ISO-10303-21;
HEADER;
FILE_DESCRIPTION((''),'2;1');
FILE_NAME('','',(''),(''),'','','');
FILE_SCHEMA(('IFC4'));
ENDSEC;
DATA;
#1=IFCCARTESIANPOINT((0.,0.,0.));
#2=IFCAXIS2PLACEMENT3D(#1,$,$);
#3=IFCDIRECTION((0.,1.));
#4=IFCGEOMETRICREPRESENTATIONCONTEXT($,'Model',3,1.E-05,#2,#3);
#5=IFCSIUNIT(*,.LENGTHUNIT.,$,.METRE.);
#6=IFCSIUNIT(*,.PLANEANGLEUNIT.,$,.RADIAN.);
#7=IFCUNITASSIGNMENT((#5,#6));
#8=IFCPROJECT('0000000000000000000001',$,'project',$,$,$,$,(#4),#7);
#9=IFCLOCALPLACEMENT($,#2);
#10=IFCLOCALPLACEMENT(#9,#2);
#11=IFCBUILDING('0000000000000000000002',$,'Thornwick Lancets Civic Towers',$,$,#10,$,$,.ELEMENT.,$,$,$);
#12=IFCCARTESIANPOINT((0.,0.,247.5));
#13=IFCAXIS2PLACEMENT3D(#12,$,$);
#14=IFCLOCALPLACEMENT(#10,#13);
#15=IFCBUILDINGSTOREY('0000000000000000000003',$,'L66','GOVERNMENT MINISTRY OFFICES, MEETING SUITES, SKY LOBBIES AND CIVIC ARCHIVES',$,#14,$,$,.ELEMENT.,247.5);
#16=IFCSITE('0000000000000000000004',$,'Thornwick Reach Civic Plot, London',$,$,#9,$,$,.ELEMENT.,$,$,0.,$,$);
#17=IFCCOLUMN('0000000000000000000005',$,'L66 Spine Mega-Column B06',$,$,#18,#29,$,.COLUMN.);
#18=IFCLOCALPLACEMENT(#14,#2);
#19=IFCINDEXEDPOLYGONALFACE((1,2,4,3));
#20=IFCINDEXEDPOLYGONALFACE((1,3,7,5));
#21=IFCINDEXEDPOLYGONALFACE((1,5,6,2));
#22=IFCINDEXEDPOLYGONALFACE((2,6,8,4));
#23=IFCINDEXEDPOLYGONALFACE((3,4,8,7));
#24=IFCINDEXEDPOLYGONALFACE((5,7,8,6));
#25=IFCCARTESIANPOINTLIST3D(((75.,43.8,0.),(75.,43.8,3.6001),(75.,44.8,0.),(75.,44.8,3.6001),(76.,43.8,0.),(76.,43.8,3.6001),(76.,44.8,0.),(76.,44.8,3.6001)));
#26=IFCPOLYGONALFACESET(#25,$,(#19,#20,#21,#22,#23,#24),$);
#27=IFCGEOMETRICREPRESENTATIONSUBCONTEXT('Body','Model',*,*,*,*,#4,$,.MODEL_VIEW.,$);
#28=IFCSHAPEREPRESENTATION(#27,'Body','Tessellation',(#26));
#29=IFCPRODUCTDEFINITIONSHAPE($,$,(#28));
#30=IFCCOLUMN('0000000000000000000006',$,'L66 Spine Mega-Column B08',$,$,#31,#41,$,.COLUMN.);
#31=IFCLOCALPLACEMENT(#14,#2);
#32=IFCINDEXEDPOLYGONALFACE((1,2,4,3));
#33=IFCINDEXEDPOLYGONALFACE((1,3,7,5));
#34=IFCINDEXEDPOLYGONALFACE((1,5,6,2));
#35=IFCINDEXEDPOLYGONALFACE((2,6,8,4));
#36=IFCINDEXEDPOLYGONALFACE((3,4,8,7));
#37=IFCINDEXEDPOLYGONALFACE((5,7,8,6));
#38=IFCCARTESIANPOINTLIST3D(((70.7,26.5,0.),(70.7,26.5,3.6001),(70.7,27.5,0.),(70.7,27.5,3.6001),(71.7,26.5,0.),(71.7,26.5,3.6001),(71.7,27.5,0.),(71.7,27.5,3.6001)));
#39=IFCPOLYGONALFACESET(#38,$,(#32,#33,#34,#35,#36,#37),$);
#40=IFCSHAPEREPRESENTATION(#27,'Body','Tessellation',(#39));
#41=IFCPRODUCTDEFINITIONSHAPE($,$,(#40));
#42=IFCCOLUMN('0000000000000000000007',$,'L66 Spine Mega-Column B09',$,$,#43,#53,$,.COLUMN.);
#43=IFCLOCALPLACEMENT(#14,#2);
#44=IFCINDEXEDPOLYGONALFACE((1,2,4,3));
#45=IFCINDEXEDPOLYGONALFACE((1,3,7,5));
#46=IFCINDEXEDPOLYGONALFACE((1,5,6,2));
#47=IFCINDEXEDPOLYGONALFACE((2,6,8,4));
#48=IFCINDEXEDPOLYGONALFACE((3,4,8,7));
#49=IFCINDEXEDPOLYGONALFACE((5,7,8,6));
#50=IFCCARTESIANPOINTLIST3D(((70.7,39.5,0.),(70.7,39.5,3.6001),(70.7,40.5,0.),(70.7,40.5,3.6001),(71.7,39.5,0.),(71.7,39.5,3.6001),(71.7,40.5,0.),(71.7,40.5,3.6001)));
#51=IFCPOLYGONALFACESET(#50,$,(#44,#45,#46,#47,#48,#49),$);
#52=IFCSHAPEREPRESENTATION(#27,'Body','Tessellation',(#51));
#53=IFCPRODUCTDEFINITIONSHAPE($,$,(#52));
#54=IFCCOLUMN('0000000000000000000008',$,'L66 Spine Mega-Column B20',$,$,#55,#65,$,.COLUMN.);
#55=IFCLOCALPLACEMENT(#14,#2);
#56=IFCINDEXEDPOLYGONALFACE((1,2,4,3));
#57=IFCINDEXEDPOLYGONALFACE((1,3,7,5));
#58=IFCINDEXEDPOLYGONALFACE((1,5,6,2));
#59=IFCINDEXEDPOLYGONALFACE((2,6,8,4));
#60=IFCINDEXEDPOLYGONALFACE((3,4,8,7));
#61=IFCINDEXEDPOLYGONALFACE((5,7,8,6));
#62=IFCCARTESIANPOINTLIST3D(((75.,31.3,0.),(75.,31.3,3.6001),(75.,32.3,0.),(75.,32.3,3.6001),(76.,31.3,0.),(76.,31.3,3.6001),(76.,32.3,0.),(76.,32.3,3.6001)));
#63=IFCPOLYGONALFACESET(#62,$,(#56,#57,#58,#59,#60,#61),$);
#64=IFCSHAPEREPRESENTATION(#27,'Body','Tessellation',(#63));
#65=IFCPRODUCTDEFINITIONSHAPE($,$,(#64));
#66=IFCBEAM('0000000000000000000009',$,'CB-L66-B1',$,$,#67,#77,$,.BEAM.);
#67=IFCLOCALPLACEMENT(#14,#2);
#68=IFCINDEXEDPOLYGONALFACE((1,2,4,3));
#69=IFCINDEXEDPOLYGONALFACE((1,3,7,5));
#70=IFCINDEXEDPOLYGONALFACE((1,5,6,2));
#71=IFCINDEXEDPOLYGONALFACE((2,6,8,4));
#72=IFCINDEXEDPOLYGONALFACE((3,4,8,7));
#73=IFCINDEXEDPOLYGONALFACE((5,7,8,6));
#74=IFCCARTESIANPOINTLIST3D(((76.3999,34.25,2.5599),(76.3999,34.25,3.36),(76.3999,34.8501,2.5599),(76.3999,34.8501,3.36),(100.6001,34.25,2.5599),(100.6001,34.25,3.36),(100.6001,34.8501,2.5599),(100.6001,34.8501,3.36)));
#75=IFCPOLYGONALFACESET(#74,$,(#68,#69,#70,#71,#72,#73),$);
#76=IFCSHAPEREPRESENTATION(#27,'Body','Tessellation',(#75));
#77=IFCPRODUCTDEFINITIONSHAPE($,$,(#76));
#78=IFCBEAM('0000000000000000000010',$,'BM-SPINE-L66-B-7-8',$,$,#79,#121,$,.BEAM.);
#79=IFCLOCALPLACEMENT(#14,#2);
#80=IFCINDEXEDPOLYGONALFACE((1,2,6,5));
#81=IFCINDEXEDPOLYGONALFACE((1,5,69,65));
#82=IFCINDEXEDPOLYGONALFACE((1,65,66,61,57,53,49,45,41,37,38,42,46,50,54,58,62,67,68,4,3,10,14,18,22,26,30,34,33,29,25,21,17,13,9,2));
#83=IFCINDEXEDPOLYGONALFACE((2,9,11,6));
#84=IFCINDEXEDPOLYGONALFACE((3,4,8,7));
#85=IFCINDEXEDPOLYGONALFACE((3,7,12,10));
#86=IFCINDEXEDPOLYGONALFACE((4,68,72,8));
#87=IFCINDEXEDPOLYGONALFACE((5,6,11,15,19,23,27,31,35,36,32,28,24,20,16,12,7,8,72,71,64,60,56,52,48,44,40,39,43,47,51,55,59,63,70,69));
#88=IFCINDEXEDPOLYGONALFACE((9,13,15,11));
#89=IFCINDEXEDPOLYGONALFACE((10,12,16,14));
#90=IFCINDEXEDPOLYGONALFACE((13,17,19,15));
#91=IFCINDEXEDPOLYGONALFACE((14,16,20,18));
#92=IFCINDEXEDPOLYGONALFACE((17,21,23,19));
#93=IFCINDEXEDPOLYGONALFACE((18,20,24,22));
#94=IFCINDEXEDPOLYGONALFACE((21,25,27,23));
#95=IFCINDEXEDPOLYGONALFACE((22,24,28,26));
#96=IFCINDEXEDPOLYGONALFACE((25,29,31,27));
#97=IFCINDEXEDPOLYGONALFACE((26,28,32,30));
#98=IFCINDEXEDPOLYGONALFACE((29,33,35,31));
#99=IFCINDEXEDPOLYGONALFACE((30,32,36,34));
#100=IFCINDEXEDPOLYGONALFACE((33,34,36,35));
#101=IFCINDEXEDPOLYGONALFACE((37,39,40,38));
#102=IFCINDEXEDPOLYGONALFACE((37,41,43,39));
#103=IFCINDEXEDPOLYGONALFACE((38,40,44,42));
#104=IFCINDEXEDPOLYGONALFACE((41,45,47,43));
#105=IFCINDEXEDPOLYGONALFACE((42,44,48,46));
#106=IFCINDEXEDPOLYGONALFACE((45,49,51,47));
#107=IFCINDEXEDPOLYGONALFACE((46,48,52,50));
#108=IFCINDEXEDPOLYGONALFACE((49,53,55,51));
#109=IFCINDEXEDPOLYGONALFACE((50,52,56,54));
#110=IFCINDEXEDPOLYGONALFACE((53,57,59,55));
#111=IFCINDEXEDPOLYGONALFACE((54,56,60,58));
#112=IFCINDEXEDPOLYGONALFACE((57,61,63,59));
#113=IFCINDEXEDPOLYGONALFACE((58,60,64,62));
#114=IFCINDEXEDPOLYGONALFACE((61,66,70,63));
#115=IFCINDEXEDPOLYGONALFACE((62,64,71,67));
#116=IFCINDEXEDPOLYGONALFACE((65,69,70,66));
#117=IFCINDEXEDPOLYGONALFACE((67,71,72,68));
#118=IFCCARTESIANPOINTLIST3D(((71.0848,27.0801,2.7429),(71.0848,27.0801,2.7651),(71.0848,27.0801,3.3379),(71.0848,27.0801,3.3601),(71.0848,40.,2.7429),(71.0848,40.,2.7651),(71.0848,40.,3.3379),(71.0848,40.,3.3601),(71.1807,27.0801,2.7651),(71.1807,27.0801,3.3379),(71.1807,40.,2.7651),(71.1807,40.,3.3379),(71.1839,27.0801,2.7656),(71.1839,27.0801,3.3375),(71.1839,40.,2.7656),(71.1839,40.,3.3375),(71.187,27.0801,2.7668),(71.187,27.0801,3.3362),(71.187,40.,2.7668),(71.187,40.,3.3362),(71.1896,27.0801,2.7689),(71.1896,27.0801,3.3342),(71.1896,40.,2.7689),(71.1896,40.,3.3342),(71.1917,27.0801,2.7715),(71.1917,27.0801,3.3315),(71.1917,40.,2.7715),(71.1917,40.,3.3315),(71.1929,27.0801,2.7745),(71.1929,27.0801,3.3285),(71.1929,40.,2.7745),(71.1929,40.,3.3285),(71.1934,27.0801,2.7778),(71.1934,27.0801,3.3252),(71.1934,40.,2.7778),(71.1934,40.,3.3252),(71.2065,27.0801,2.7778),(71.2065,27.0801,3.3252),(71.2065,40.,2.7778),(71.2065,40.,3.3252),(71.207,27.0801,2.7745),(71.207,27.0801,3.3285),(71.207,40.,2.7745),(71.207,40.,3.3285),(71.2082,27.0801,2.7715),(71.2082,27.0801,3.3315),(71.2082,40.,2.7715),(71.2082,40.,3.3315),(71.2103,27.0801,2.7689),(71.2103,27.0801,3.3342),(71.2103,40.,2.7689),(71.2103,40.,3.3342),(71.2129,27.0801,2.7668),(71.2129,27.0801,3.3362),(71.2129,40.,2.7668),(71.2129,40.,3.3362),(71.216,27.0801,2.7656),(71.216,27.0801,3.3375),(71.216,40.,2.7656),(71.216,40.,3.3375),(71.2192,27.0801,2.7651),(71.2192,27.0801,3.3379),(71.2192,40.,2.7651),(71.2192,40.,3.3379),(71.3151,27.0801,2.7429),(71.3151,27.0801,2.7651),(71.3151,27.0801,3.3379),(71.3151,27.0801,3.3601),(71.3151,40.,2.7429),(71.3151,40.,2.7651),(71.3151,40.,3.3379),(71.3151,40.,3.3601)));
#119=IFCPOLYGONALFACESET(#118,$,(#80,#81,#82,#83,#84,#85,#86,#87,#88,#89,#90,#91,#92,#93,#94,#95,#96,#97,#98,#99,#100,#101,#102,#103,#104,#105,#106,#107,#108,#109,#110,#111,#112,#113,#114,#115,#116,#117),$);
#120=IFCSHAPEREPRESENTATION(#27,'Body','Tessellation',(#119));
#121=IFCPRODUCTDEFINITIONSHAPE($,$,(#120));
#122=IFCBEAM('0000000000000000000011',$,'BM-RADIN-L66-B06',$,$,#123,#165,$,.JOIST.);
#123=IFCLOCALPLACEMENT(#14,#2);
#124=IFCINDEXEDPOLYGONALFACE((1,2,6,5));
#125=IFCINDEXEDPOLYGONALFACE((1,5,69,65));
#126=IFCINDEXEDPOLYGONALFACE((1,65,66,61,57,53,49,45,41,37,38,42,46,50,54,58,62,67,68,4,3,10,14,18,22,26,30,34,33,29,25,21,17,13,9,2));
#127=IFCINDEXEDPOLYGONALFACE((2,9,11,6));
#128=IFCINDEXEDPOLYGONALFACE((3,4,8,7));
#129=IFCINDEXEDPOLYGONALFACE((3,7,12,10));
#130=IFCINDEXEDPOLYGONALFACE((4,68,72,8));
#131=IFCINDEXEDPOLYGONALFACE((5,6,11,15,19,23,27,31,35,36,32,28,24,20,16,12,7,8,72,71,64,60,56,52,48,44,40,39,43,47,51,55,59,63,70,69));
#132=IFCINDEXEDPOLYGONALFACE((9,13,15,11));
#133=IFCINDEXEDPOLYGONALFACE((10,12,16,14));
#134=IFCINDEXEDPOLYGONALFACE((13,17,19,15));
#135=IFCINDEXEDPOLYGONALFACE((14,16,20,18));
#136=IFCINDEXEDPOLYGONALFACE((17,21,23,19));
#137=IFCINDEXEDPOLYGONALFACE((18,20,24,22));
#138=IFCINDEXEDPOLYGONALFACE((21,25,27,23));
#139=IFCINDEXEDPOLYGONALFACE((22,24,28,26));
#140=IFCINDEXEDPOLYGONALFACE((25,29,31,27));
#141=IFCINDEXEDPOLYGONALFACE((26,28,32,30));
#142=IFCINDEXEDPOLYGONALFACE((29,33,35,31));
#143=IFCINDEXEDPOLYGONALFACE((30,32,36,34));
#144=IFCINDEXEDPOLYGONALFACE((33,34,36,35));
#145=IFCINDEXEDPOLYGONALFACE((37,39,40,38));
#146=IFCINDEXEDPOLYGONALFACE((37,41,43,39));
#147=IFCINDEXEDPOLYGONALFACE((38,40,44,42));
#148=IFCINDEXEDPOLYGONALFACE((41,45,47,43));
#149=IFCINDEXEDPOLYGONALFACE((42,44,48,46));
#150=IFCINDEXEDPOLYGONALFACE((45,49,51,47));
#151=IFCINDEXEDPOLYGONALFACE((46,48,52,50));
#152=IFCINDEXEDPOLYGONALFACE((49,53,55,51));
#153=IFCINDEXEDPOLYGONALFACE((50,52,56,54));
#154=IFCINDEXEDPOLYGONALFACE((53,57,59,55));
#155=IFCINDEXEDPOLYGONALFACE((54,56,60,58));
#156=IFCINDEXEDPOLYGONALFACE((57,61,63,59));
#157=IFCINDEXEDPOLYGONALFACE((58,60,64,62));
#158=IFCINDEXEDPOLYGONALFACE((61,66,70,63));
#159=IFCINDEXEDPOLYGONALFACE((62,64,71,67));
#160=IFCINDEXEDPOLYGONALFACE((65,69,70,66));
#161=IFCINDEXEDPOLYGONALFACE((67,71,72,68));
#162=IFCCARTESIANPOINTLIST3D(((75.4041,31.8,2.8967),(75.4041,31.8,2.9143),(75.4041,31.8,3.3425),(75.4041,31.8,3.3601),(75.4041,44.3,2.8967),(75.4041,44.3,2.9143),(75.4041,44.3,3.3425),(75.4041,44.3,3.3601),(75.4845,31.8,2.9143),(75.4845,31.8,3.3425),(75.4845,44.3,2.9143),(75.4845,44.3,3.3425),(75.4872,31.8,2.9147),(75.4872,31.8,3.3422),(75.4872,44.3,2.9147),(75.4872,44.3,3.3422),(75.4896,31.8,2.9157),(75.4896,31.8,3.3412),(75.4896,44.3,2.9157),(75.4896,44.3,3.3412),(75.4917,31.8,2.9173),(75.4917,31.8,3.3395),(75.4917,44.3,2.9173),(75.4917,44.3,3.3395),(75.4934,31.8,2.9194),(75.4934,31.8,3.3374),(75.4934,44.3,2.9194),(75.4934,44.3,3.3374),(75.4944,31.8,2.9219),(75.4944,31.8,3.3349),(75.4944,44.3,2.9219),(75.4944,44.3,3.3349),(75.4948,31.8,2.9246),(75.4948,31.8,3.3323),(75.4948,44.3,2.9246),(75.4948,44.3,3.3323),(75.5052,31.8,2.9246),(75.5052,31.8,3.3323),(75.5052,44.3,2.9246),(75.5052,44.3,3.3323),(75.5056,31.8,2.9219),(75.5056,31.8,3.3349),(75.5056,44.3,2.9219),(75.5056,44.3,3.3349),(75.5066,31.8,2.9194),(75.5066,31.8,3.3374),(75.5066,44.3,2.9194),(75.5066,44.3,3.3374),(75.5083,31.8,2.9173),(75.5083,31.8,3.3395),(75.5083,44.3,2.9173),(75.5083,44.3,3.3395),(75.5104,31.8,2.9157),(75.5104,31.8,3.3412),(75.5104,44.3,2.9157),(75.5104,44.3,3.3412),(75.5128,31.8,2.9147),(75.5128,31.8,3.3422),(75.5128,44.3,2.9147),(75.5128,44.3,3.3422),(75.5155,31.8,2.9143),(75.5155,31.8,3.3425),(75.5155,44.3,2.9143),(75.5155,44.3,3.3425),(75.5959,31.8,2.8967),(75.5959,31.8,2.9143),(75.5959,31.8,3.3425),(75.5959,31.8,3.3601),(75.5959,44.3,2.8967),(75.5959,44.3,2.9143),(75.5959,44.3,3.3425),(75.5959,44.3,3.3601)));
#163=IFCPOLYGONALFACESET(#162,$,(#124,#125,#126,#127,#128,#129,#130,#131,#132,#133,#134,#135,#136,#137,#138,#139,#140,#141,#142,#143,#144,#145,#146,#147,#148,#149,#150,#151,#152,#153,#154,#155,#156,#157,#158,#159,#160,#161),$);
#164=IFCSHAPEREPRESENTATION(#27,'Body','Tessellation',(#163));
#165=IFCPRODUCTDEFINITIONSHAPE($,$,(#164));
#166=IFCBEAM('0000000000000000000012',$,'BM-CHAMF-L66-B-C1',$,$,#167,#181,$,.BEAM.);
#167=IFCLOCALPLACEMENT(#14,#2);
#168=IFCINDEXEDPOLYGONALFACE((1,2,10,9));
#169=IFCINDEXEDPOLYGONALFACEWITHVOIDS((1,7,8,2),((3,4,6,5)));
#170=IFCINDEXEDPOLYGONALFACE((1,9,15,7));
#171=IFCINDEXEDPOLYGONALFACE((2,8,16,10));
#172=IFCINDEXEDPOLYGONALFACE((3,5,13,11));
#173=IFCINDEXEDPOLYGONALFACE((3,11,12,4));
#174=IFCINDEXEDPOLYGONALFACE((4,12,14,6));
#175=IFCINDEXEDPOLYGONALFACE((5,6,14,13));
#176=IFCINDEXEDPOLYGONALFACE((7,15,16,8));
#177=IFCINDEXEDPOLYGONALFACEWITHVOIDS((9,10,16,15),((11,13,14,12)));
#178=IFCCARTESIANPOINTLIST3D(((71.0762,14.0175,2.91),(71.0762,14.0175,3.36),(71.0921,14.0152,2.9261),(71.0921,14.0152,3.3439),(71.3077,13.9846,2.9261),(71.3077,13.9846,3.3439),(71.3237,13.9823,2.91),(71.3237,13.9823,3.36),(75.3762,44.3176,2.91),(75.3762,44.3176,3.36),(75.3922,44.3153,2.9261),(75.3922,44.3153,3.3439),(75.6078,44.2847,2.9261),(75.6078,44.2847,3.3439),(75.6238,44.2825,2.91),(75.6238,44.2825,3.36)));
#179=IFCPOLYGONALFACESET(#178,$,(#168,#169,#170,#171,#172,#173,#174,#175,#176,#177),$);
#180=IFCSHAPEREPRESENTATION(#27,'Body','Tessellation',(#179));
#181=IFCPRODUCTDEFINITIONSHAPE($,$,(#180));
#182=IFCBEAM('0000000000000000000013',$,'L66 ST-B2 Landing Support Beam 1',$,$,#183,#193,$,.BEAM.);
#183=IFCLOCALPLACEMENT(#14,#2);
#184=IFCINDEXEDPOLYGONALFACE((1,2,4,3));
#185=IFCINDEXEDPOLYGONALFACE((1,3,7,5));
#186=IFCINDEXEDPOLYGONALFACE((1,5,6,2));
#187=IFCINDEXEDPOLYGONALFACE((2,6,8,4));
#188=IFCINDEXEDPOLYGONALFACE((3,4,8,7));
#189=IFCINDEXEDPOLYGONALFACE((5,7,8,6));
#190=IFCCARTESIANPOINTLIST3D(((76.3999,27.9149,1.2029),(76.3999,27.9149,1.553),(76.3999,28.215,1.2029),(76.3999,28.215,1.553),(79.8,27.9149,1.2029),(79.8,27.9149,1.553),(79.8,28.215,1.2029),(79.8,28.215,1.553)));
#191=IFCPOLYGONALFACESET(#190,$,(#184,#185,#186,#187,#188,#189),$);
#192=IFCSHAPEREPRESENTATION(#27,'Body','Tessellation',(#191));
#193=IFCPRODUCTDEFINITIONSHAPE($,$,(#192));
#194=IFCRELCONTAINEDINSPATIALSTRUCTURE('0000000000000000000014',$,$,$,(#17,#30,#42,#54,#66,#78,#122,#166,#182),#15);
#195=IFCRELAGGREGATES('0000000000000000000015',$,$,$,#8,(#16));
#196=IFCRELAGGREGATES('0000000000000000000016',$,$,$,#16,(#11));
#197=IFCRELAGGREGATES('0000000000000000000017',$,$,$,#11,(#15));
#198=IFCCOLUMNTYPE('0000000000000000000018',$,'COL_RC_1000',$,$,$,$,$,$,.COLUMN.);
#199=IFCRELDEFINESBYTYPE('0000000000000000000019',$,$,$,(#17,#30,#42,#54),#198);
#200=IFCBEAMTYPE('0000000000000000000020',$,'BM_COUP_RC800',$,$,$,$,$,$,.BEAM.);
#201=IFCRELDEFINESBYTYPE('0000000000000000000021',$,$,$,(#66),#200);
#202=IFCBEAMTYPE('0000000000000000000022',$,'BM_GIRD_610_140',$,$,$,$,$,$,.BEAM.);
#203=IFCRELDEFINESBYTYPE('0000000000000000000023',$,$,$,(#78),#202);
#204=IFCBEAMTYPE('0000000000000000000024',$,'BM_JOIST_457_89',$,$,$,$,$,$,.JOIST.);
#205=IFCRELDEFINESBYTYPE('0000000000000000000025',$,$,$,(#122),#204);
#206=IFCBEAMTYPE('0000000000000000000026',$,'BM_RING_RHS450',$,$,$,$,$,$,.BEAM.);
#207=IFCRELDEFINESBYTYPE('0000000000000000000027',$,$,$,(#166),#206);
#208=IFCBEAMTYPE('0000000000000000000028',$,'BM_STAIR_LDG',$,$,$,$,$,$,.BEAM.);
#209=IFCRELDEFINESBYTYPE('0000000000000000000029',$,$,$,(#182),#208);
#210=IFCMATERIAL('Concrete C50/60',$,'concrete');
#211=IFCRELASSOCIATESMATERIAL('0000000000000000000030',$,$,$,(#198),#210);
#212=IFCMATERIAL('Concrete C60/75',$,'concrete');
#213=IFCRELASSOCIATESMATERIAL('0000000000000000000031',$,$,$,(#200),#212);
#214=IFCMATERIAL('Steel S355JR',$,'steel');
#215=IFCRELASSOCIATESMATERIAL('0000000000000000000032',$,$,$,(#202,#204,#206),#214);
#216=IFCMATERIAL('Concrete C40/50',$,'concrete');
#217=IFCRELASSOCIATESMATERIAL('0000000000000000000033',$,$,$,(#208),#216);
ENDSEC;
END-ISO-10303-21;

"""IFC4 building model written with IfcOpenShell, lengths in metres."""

from ifc_helpers import new_model, si_unit, direction, frame, origin, origin_2d, place, context, subcontext, project, spatial, rectangle, hollow_rectangle, i_section, extrude, material, material_profile, profile_set, type_object, element, save


model = new_model("IFC4")

# Units and contexts
model_context = context("Model", 3, precision=1e-05, world=origin(), true_north=direction((0.0, 1.0)))
body_context = subcontext(model_context, "Body", "Model", "MODEL_VIEW")
ifc_project = project(units=[si_unit("LENGTHUNIT", "METRE"), si_unit("PLANEANGLEUNIT", "RADIAN")], contexts=[model_context])

# Site, building, storey
site_placement = place(None, origin())
site = spatial("IfcSite", under=ifc_project, at=site_placement, Name="Thornwick Reach Civic Plot, London", CompositionType="ELEMENT", RefElevation=0.0)
building_placement = place(site_placement, origin())
building = spatial("IfcBuilding", under=site, at=building_placement, Name="Thornwick Lancets Civic Towers", CompositionType="ELEMENT")
storey_placement = place(building_placement, frame((0.0, 0.0, 247.5)))
storey = spatial("IfcBuildingStorey", under=building, at=storey_placement, Name="L66", Description="GOVERNMENT MINISTRY OFFICES, MEETING SUITES, SKY LOBBIES AND CIVIC ARCHIVES", CompositionType="ELEMENT", Elevation=247.5)

# Columns
ifc_material_1 = material(Name="Concrete C50/60", Category="concrete")
ifc_material_profile_1 = material_profile(ifc_material_1, rectangle(XDim=1.0, YDim=1.0, at=origin_2d()), Name="RC 1000x1000")
ifc_profile_set_1 = profile_set([ifc_material_profile_1], Name="Concrete C50/60")
column_type = type_object("IfcColumnType", Name="COL_RC_1000", PredefinedType="COLUMN", material=ifc_profile_set_1)
for number, where, z_axis, x_axis, name in (
    (1, (75.5, 44.3, 0.0), (0.0, 0.0, 1.0), (1.0, 0.0, 0.0), "L66 Spine Mega-Column B06"),
    (2, (71.2, 27.0, 0.0), (0.0, 0.0, 1.0), (1.0, 0.0, 0.0), "L66 Spine Mega-Column B08"),
    (3, (71.2, 40.0, 0.0), (0.0, 0.0, 1.0), (1.0, 0.0, 0.0), "L66 Spine Mega-Column B09"),
    (4, (75.5, 31.8, 0.0), (0.0, 0.0, 1.0), (1.0, 0.0, 0.0), "L66 Spine Mega-Column B20"),
):
    element("IfcColumn", number, at=place(storey_placement, frame(where, z_axis=z_axis, x_axis=x_axis)), inside=storey, type_object=column_type, Name=name, PredefinedType="COLUMN", context=body_context, shape_type="SweptSolid", body=[
        extrude(rectangle(XDim=1.0, YDim=1.0, at=origin_2d()), origin(), (0.0, 0.0, 1.0), 3.6001),
    ])

# Beams
ifc_material_2 = material(Name="Concrete C60/75", Category="concrete")
ifc_material_profile_2 = material_profile(ifc_material_2, rectangle(XDim=0.6001, YDim=0.8, at=origin_2d()), Name="RC 600x800")
ifc_profile_set_2 = profile_set([ifc_material_profile_2], Name="Concrete C60/75")
beam_type_1 = type_object("IfcBeamType", Name="BM_COUP_RC800", PredefinedType="BEAM", material=ifc_profile_set_2)
beam_1_placement = place(storey_placement, frame((76.3999, 34.55, 2.96), z_axis=(1.0, 0.0, 0.0), x_axis=(0.0, 1.0, 0.0)))
element("IfcBeam", 5, at=beam_1_placement, inside=storey, type_object=beam_type_1, Name="CB-L66-B1", PredefinedType="BEAM", context=body_context, shape_type="SweptSolid", body=[
    extrude(rectangle(XDim=0.6001, YDim=0.8, at=origin_2d()), origin(), (0.0, 0.0, 1.0), 24.2002),
])
ifc_material_3 = material(Name="Steel S355JR", Category="steel")
ifc_material_profile_3 = material_profile(ifc_material_3, i_section(OverallWidth=0.2302, OverallDepth=0.6172, WebThickness=0.0132, FlangeThickness=0.0222, FilletRadius=0.0127, at=origin_2d()), Name="UKB 610x229x140")
ifc_profile_set_3 = profile_set([ifc_material_profile_3], Name="Steel S355JR")
beam_type_2 = type_object("IfcBeamType", Name="BM_GIRD_610_140", PredefinedType="BEAM", material=ifc_profile_set_3)
beam_2_placement = place(storey_placement, frame((71.2, 27.0801, 3.0515), z_axis=(0.0, 1.0, 0.0), x_axis=(-1.0, 0.0, 0.0)))
element("IfcBeam", 6, at=beam_2_placement, inside=storey, type_object=beam_type_2, Name="BM-SPINE-L66-B-7-8", PredefinedType="BEAM", context=body_context, shape_type="SweptSolid", body=[
    extrude(i_section(OverallWidth=0.2302, OverallDepth=0.6172, WebThickness=0.0132, FlangeThickness=0.0222, FilletRadius=0.0127, at=origin_2d()), origin(), (0.0, 0.0, 1.0), 12.9199),
])
ifc_material_profile_4 = material_profile(ifc_material_3, i_section(OverallWidth=0.1919, OverallDepth=0.4634, WebThickness=0.0105, FlangeThickness=0.0176, FilletRadius=0.0103, at=origin_2d()), Name="UKB 457x191x89")
ifc_profile_set_4 = profile_set([ifc_material_profile_4], Name="Steel S355JR")
beam_type_3 = type_object("IfcBeamType", Name="BM_JOIST_457_89", PredefinedType="JOIST", material=ifc_profile_set_4)
beam_3_placement = place(storey_placement, frame((75.5, 31.8, 3.1284), z_axis=(0.0, 1.0, 0.0), x_axis=(-1.0, 0.0, 0.0)))
element("IfcBeam", 7, at=beam_3_placement, inside=storey, type_object=beam_type_3, Name="BM-RADIN-L66-B06", PredefinedType="JOIST", context=body_context, shape_type="SweptSolid", body=[
    extrude(i_section(OverallWidth=0.1919, OverallDepth=0.4634, WebThickness=0.0105, FlangeThickness=0.0176, FilletRadius=0.0103, at=origin_2d()), origin(), (0.0, 0.0, 1.0), 12.5),
])
ifc_material_profile_5 = material_profile(ifc_material_3, hollow_rectangle(XDim=0.25, YDim=0.45, WallThickness=0.0161, at=origin_2d()), Name="RHS 450x250x16")
ifc_profile_set_5 = profile_set([ifc_material_profile_5], Name="Steel S355JR")
beam_type_4 = type_object("IfcBeamType", Name="BM_RING_RHS450", PredefinedType="BEAM", material=ifc_profile_set_5)
beam_4_placement = place(storey_placement, frame((75.5, 44.3, 3.135), z_axis=(-0.140508, -0.99008, 0.0), x_axis=(0.99008, -0.140508, 0.0)))
element("IfcBeam", 8, at=beam_4_placement, inside=storey, type_object=beam_type_4, Name="BM-CHAMF-L66-B-C1", PredefinedType="BEAM", context=body_context, shape_type="SweptSolid", body=[
    extrude(hollow_rectangle(XDim=0.25, YDim=0.45, WallThickness=0.0161, at=origin_2d()), origin(), (0.0, 0.0, 1.0), 30.6038),
])
ifc_material_4 = material(Name="Concrete C40/50", Category="concrete")
ifc_material_profile_6 = material_profile(ifc_material_4, rectangle(XDim=0.3, YDim=0.3501, at=origin_2d()), Name="RC 300x350")
ifc_profile_set_6 = profile_set([ifc_material_profile_6], Name="Concrete C40/50")
beam_type_5 = type_object("IfcBeamType", Name="BM_STAIR_LDG", PredefinedType="BEAM", material=ifc_profile_set_6)
beam_5_placement = place(storey_placement, frame((76.3999, 28.0649, 1.3779), z_axis=(1.0, 0.0, 0.0), x_axis=(0.0, 1.0, 0.0)))
element("IfcBeam", 9, at=beam_5_placement, inside=storey, type_object=beam_type_5, Name="L66 ST-B2 Landing Support Beam 1", PredefinedType="BEAM", context=body_context, shape_type="SweptSolid", body=[
    extrude(rectangle(XDim=0.3, YDim=0.3501, at=origin_2d()), origin(), (0.0, 0.0, 1.0), 3.4001),
])

save(model, "model.ifc")
